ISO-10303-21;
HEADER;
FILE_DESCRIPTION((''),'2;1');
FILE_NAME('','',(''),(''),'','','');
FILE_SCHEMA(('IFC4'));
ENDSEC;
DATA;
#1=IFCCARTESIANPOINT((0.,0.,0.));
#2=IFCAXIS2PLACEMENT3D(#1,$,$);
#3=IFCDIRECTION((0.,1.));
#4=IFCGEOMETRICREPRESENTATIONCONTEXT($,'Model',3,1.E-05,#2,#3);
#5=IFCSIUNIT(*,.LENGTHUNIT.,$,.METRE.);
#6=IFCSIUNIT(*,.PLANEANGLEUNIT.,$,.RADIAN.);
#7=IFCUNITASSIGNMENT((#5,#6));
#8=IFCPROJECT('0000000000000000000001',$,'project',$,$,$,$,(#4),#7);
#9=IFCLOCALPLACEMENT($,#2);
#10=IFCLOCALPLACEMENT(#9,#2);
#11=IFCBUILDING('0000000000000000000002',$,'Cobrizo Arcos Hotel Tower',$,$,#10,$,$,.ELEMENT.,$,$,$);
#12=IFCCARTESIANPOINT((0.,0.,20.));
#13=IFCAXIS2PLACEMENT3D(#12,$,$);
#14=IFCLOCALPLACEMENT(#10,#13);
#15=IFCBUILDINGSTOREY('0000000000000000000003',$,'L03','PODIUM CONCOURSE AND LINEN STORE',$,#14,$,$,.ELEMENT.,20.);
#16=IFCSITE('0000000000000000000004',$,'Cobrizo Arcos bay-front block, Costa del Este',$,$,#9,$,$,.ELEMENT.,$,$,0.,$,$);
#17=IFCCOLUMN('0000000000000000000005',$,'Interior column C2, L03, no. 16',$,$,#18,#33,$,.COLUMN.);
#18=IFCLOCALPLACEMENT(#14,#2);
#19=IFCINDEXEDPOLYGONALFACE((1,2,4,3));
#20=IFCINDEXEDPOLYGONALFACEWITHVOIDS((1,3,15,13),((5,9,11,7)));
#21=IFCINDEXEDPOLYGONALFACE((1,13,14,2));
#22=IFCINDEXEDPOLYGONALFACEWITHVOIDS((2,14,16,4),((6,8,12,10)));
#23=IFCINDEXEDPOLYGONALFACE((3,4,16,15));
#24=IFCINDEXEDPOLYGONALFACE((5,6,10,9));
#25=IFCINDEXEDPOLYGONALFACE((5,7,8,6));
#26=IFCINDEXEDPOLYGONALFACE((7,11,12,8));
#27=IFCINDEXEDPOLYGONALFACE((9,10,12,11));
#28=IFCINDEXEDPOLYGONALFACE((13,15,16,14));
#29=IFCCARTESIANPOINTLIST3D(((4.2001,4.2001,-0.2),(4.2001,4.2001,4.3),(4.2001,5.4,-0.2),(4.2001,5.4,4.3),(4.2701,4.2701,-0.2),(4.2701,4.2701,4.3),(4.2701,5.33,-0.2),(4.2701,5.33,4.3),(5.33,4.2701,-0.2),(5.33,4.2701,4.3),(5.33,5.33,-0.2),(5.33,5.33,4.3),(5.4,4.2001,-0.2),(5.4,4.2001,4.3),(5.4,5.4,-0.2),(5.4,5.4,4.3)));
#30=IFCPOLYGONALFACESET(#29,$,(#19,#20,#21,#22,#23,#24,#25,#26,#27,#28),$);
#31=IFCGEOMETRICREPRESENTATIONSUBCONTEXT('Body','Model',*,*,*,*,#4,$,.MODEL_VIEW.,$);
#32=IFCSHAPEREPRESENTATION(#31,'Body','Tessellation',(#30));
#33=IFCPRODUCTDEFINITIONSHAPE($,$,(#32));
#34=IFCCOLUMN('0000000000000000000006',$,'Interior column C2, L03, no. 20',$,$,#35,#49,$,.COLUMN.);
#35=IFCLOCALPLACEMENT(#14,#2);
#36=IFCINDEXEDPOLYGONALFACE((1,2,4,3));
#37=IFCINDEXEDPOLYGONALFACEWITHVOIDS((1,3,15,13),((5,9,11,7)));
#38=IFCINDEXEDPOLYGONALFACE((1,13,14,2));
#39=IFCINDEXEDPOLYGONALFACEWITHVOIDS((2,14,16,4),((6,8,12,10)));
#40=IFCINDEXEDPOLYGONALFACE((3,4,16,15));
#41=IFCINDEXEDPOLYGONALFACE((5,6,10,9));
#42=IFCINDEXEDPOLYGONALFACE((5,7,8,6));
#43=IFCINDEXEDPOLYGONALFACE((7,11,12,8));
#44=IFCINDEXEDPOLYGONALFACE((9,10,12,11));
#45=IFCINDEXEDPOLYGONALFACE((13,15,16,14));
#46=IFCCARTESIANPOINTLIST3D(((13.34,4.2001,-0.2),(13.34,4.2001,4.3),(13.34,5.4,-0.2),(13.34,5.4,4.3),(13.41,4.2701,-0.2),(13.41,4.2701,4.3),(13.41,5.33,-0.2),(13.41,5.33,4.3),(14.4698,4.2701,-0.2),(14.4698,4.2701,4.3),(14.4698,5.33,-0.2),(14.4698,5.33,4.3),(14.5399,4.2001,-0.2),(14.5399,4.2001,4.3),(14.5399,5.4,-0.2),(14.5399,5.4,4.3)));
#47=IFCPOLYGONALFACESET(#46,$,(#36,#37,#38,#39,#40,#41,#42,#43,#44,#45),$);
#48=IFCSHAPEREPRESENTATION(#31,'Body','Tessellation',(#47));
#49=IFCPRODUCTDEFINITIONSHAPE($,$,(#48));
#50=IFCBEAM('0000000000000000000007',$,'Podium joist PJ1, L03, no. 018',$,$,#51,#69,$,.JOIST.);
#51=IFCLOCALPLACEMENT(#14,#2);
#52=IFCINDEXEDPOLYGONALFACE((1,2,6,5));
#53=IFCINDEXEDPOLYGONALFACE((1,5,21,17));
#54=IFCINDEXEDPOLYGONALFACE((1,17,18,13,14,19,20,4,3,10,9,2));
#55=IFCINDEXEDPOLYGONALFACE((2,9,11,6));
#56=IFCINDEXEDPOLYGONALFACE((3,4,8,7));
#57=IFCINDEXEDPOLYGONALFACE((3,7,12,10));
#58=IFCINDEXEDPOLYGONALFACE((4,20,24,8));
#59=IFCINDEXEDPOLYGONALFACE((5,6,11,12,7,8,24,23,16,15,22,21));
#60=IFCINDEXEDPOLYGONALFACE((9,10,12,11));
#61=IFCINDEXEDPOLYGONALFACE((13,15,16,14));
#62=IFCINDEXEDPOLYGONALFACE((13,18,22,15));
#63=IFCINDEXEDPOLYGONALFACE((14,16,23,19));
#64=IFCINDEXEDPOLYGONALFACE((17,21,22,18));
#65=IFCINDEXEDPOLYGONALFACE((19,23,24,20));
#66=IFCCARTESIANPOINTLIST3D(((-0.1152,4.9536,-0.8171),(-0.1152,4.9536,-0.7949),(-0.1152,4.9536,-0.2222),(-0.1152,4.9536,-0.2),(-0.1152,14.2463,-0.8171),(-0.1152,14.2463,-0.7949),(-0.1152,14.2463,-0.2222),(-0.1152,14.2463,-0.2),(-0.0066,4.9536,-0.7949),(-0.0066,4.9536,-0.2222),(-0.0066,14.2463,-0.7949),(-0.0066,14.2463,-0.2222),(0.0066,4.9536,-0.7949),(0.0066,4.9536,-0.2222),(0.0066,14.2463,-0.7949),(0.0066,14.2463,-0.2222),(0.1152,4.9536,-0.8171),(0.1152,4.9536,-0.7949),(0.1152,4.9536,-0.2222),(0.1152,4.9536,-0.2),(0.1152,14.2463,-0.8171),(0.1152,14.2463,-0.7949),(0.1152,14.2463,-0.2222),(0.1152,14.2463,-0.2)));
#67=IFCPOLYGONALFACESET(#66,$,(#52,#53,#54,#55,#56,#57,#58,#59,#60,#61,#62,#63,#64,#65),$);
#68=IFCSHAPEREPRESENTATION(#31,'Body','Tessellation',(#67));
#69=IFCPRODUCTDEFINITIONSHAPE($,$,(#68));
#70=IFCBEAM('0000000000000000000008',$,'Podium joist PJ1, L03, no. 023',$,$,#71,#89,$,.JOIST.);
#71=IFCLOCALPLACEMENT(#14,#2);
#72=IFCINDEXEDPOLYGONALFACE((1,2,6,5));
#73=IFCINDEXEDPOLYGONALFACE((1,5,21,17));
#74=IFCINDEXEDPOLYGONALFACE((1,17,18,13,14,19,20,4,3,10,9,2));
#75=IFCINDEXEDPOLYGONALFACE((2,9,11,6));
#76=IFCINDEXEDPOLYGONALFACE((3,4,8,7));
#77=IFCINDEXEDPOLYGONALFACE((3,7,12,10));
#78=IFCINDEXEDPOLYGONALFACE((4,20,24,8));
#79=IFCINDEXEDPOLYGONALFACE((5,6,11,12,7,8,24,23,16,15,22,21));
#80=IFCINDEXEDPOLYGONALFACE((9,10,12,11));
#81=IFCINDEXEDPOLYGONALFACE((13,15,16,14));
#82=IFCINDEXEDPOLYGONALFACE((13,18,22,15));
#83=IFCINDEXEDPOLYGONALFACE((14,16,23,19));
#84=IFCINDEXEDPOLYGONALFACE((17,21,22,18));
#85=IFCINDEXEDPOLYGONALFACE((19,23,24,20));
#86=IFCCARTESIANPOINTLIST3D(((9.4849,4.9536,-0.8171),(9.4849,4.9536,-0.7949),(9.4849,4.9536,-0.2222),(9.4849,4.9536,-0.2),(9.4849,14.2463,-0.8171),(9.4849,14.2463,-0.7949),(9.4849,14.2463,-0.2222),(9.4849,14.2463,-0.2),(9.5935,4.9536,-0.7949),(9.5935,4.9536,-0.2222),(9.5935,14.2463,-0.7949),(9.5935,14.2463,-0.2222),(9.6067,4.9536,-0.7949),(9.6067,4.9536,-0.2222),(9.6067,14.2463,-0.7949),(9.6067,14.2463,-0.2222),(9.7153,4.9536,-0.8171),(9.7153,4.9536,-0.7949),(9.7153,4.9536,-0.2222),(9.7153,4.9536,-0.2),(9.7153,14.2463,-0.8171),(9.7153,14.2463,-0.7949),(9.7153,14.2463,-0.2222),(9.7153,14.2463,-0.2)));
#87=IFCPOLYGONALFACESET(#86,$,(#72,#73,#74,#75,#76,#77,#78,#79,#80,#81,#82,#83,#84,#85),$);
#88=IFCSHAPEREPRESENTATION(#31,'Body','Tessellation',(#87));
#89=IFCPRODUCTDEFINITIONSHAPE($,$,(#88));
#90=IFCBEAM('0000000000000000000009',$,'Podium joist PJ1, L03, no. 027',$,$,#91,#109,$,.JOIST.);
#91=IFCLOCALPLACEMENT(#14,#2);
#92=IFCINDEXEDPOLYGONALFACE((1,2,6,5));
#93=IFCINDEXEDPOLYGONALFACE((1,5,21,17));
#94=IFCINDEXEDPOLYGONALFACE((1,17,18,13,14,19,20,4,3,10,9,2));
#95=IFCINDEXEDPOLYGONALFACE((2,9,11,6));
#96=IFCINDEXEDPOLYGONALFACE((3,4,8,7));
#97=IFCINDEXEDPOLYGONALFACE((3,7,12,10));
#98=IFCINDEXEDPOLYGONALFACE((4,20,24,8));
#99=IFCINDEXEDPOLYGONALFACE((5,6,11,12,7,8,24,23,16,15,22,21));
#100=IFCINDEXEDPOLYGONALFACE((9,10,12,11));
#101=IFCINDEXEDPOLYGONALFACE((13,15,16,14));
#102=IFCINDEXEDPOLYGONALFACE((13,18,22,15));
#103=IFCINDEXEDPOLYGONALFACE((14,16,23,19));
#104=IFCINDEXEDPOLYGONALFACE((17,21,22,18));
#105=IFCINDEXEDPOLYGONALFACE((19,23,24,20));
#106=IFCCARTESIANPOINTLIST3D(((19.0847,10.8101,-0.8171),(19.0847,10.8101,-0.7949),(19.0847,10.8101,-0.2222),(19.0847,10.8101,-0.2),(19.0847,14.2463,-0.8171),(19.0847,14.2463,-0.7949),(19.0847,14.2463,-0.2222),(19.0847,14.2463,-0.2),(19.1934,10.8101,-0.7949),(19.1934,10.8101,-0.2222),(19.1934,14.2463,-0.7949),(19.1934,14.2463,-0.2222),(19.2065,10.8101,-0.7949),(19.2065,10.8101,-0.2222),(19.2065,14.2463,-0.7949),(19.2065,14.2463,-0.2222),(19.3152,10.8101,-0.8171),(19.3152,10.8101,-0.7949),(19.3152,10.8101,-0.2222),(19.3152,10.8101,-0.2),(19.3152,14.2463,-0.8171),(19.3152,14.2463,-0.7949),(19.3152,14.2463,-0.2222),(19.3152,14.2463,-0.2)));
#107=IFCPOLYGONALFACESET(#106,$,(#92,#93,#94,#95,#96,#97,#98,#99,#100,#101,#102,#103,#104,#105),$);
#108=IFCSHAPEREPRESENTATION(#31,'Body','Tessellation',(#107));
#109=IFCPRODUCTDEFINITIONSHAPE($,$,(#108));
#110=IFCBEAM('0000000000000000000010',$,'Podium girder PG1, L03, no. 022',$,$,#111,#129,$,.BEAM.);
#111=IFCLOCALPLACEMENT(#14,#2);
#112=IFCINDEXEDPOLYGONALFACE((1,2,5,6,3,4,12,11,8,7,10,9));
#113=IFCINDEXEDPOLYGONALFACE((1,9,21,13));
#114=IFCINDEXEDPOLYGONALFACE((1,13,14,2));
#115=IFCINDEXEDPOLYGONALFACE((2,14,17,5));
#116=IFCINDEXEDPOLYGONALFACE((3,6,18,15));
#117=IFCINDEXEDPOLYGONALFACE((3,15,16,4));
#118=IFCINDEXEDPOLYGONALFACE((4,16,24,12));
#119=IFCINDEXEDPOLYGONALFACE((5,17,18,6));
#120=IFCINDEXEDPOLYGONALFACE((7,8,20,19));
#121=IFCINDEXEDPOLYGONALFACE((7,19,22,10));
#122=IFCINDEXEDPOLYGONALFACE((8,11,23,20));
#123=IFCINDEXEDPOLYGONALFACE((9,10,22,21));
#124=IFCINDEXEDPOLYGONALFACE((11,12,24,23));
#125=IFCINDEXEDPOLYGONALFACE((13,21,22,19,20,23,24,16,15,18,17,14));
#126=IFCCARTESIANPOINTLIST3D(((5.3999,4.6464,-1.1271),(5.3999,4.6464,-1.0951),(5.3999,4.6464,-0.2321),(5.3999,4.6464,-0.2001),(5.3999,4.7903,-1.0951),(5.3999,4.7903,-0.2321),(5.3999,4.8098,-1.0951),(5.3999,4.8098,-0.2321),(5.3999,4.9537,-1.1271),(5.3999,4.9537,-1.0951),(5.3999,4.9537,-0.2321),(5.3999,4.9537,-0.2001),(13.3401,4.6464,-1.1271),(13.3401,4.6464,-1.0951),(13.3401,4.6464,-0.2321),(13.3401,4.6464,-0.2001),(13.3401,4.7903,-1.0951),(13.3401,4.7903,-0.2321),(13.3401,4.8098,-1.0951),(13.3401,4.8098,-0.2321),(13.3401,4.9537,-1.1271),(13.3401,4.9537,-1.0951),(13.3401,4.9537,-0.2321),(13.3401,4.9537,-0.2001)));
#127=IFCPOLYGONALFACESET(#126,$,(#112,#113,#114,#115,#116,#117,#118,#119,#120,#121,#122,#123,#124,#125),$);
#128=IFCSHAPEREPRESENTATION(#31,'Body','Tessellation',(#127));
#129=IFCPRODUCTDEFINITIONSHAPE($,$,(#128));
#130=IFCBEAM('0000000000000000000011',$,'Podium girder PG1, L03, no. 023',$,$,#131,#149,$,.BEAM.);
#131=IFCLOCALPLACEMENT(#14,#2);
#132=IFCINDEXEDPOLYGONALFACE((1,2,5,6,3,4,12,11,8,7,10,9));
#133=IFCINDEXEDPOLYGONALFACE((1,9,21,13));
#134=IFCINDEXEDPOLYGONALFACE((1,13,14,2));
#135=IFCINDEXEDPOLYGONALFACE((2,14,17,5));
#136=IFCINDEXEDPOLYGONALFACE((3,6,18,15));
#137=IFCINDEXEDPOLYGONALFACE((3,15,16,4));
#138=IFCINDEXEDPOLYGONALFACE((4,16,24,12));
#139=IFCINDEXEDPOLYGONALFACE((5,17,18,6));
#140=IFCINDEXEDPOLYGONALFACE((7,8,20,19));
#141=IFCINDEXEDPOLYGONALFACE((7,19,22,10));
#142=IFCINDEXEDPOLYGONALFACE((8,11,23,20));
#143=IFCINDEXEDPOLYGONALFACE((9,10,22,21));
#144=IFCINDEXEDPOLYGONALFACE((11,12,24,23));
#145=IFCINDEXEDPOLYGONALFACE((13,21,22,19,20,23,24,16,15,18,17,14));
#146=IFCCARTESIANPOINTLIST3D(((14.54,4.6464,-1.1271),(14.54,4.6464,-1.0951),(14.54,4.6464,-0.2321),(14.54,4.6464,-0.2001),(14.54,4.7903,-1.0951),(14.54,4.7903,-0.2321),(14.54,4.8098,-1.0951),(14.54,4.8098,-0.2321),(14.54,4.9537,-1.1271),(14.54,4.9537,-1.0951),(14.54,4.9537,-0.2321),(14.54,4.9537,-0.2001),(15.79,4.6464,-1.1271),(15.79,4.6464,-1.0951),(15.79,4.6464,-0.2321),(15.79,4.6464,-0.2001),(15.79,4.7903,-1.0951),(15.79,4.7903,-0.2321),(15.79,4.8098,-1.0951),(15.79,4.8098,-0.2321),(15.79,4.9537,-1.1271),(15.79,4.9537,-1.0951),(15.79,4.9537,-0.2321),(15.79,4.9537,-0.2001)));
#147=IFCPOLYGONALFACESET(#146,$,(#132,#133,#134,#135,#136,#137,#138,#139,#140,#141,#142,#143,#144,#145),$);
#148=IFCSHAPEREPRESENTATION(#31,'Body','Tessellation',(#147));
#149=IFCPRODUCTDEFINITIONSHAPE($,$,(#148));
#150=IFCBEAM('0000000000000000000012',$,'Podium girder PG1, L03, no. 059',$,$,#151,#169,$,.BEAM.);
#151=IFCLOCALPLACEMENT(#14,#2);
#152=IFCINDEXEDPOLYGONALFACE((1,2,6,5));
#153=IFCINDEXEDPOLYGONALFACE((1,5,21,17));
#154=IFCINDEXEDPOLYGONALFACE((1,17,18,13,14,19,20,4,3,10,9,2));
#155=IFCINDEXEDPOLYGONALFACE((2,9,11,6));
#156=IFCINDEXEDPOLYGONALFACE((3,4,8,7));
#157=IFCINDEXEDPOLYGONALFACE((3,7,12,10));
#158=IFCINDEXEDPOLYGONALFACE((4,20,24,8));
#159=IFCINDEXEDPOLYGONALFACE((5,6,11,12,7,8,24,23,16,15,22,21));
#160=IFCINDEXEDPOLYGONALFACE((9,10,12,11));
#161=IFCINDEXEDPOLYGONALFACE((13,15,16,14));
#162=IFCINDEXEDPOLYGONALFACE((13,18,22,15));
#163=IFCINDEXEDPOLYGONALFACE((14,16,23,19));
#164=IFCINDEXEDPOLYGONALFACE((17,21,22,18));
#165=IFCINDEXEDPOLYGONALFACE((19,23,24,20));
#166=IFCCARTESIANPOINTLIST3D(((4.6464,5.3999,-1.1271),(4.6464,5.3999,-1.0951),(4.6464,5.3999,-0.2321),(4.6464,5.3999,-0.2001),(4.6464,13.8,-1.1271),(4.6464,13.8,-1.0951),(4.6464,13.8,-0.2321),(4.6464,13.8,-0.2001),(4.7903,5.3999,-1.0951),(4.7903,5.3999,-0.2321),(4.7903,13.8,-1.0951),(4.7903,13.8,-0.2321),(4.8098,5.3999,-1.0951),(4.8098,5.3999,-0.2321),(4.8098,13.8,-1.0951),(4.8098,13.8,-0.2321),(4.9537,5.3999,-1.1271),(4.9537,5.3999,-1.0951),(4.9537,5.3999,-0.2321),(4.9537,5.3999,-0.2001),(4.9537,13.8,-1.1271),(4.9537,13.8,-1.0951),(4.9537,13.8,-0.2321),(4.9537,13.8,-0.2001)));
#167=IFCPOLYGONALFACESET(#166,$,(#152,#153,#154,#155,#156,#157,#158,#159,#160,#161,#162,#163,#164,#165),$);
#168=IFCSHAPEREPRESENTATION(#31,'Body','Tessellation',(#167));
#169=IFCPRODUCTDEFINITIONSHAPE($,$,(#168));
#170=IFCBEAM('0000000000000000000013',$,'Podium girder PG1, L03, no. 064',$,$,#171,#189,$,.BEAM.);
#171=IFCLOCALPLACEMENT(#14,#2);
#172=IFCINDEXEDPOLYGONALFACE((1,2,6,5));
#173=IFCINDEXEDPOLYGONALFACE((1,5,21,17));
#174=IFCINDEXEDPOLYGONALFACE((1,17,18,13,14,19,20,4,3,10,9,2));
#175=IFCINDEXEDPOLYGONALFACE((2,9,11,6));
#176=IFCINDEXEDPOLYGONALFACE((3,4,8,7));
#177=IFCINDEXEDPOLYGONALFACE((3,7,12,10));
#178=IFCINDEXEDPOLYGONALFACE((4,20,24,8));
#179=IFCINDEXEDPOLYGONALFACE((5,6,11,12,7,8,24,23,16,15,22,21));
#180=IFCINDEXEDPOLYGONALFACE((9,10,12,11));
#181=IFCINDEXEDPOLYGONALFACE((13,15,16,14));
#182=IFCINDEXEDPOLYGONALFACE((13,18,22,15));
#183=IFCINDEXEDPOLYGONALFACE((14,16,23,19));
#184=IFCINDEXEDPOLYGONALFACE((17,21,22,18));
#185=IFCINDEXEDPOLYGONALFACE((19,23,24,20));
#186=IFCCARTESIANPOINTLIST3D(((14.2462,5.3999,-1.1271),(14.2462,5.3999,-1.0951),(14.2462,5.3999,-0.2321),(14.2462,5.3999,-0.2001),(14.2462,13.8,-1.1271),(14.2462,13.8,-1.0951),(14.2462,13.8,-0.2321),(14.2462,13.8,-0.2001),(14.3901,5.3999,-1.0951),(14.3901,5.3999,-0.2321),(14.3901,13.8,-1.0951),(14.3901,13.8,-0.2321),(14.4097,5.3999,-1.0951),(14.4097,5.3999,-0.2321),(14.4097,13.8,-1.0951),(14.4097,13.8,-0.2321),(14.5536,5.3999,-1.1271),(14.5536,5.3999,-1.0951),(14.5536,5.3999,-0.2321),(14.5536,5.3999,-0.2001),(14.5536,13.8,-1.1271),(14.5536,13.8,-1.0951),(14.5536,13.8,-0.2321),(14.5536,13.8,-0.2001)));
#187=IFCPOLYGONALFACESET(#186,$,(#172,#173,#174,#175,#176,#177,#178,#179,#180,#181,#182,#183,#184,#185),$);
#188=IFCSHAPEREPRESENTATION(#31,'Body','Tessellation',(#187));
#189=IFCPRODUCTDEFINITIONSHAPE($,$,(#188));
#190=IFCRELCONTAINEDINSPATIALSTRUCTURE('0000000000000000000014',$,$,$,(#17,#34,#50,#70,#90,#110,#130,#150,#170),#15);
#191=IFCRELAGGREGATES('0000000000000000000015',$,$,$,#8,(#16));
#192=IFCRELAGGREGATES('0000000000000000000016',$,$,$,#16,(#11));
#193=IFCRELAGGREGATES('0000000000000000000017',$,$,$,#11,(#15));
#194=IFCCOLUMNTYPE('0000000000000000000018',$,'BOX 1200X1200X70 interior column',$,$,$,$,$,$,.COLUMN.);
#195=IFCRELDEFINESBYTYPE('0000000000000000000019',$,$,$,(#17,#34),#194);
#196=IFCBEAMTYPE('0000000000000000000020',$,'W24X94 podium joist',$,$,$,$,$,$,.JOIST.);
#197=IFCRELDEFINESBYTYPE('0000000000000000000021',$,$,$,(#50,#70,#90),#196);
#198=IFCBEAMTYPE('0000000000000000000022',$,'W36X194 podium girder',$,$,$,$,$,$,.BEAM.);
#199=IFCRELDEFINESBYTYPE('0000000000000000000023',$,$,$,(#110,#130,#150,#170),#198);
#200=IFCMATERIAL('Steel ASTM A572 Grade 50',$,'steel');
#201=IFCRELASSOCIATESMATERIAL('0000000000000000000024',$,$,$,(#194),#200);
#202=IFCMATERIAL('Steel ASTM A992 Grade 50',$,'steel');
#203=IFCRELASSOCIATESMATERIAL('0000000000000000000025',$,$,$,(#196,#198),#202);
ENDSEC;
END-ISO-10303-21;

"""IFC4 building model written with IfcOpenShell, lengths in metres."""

from ifc_helpers import new_model, si_unit, direction, frame, origin, origin_2d, place, context, subcontext, project, spatial, hollow_rectangle, i_section, extrude, material, material_profile, profile_set, type_object, element, save


model = new_model("IFC4")

# Units and contexts
model_context = context("Model", 3, precision=1e-05, world=origin(), true_north=direction((0.0, 1.0)))
body_context = subcontext(model_context, "Body", "Model", "MODEL_VIEW")
ifc_project = project(units=[si_unit("LENGTHUNIT", "METRE"), si_unit("PLANEANGLEUNIT", "RADIAN")], contexts=[model_context])

# Site, building, storey
site_placement = place(None, origin())
site = spatial("IfcSite", under=ifc_project, at=site_placement, Name="Cobrizo Arcos bay-front block, Costa del Este", CompositionType="ELEMENT", RefElevation=0.0)
building_placement = place(site_placement, origin())
building = spatial("IfcBuilding", under=site, at=building_placement, Name="Cobrizo Arcos Hotel Tower", CompositionType="ELEMENT")
storey_placement = place(building_placement, frame((0.0, 0.0, 20.0)))
storey = spatial("IfcBuildingStorey", under=building, at=storey_placement, Name="L03", Description="PODIUM CONCOURSE AND LINEN STORE", CompositionType="ELEMENT", Elevation=20.0)

# Columns
ifc_material_1 = material(Name="Steel ASTM A572 Grade 50", Category="steel")
ifc_material_profile_1 = material_profile(ifc_material_1, hollow_rectangle(XDim=1.2, YDim=1.2, WallThickness=0.0701, at=origin_2d()), Name="BOX 1200X1200X70")
ifc_profile_set_1 = profile_set([ifc_material_profile_1], Name="Steel ASTM A572 Grade 50")
column_type = type_object("IfcColumnType", Name="BOX 1200X1200X70 interior column", PredefinedType="COLUMN", material=ifc_profile_set_1)
for number, where, z_axis, x_axis, name in (
    (1, (4.8, 4.8, -0.2), (0.0, 0.0, 1.0), (1.0, 0.0, 0.0), "Interior column C2, L03, no. 16"),
    (2, (13.9399, 4.8, -0.2), (0.0, 0.0, 1.0), (1.0, 0.0, 0.0), "Interior column C2, L03, no. 20"),
):
    element("IfcColumn", number, at=place(storey_placement, frame(where, z_axis=z_axis, x_axis=x_axis)), inside=storey, type_object=column_type, Name=name, PredefinedType="COLUMN", context=body_context, shape_type="SweptSolid", body=[
        extrude(hollow_rectangle(XDim=1.2, YDim=1.2, WallThickness=0.0701, at=origin_2d()), origin(), (0.0, 0.0, 1.0), 4.5),
    ])

# Beams
ifc_material_2 = material(Name="Steel ASTM A992 Grade 50", Category="steel")
ifc_material_profile_2 = material_profile(ifc_material_2, i_section(OverallWidth=0.2305, OverallDepth=0.6172, WebThickness=0.0132, FlangeThickness=0.0222, at=origin_2d()), Name="W24X94")
ifc_profile_set_2 = profile_set([ifc_material_profile_2], Name="Steel ASTM A992 Grade 50")
beam_type_1 = type_object("IfcBeamType", Name="W24X94 podium joist", PredefinedType="JOIST", material=ifc_profile_set_2)
for number, where, z_axis, x_axis, name in (
    (3, (0.0, 4.9536, -0.5085), (0.0, 1.0, 0.0), (-1.0, 0.0, 0.0), "Podium joist PJ1, L03, no. 018"),
    (4, (9.6001, 4.9536, -0.5085), (0.0, 1.0, 0.0), (-1.0, 0.0, 0.0), "Podium joist PJ1, L03, no. 023"),
):
    element("IfcBeam", number, at=place(storey_placement, frame(where, z_axis=z_axis, x_axis=x_axis)), inside=storey, type_object=beam_type_1, Name=name, PredefinedType="JOIST", context=body_context, shape_type="SweptSolid", body=[
        extrude(i_section(OverallWidth=0.2305, OverallDepth=0.6172, WebThickness=0.0132, FlangeThickness=0.0222, at=origin_2d()), origin(), (0.0, 0.0, 1.0), 9.2927),
    ])
beam_1_placement = place(storey_placement, frame((19.2, 10.8101, -0.5085), z_axis=(0.0, 1.0, 0.0), x_axis=(-1.0, 0.0, 0.0)))
element("IfcBeam", 5, at=beam_1_placement, inside=storey, type_object=beam_type_1, Name="Podium joist PJ1, L03, no. 027", PredefinedType="JOIST", context=body_context, shape_type="SweptSolid", body=[
    extrude(i_section(OverallWidth=0.2305, OverallDepth=0.6172, WebThickness=0.0132, FlangeThickness=0.0222, at=origin_2d()), origin(), (0.0, 0.0, 1.0), 3.4363),
])
ifc_material_profile_3 = material_profile(ifc_material_2, i_section(OverallWidth=0.3074, OverallDepth=0.927, WebThickness=0.0195, FlangeThickness=0.032, at=origin_2d()), Name="W36X194")
ifc_profile_set_3 = profile_set([ifc_material_profile_3], Name="Steel ASTM A992 Grade 50")
beam_type_2 = type_object("IfcBeamType", Name="W36X194 podium girder", PredefinedType="BEAM", material=ifc_profile_set_3)
beam_2_placement = place(storey_placement, frame((5.3999, 4.8, -0.6636), z_axis=(1.0, 0.0, 0.0), x_axis=(0.0, 1.0, 0.0)))
element("IfcBeam", 6, at=beam_2_placement, inside=storey, type_object=beam_type_2, Name="Podium girder PG1, L03, no. 022", PredefinedType="BEAM", context=body_context, shape_type="SweptSolid", body=[
    extrude(i_section(OverallWidth=0.3074, OverallDepth=0.927, WebThickness=0.0195, FlangeThickness=0.032, at=origin_2d()), origin(), (0.0, 0.0, 1.0), 7.9402),
])
beam_3_placement = place(storey_placement, frame((14.54, 4.8, -0.6636), z_axis=(1.0, 0.0, 0.0), x_axis=(0.0, 1.0, 0.0)))
element("IfcBeam", 7, at=beam_3_placement, inside=storey, type_object=beam_type_2, Name="Podium girder PG1, L03, no. 023", PredefinedType="BEAM", context=body_context, shape_type="SweptSolid", body=[
    extrude(i_section(OverallWidth=0.3074, OverallDepth=0.927, WebThickness=0.0195, FlangeThickness=0.032, at=origin_2d()), origin(), (0.0, 0.0, 1.0), 1.25),
])
for number, where, z_axis, x_axis, name in (
    (8, (4.8, 5.3999, -0.6636), (0.0, 1.0, 0.0), (-1.0, 0.0, 0.0), "Podium girder PG1, L03, no. 059"),
    (9, (14.3999, 5.3999, -0.6636), (0.0, 1.0, 0.0), (-1.0, 0.0, 0.0), "Podium girder PG1, L03, no. 064"),
):
    element("IfcBeam", number, at=place(storey_placement, frame(where, z_axis=z_axis, x_axis=x_axis)), inside=storey, type_object=beam_type_2, Name=name, PredefinedType="BEAM", context=body_context, shape_type="SweptSolid", body=[
        extrude(i_section(OverallWidth=0.3074, OverallDepth=0.927, WebThickness=0.0195, FlangeThickness=0.032, at=origin_2d()), origin(), (0.0, 0.0, 1.0), 8.4001),
    ])

save(model, "model.ifc")
